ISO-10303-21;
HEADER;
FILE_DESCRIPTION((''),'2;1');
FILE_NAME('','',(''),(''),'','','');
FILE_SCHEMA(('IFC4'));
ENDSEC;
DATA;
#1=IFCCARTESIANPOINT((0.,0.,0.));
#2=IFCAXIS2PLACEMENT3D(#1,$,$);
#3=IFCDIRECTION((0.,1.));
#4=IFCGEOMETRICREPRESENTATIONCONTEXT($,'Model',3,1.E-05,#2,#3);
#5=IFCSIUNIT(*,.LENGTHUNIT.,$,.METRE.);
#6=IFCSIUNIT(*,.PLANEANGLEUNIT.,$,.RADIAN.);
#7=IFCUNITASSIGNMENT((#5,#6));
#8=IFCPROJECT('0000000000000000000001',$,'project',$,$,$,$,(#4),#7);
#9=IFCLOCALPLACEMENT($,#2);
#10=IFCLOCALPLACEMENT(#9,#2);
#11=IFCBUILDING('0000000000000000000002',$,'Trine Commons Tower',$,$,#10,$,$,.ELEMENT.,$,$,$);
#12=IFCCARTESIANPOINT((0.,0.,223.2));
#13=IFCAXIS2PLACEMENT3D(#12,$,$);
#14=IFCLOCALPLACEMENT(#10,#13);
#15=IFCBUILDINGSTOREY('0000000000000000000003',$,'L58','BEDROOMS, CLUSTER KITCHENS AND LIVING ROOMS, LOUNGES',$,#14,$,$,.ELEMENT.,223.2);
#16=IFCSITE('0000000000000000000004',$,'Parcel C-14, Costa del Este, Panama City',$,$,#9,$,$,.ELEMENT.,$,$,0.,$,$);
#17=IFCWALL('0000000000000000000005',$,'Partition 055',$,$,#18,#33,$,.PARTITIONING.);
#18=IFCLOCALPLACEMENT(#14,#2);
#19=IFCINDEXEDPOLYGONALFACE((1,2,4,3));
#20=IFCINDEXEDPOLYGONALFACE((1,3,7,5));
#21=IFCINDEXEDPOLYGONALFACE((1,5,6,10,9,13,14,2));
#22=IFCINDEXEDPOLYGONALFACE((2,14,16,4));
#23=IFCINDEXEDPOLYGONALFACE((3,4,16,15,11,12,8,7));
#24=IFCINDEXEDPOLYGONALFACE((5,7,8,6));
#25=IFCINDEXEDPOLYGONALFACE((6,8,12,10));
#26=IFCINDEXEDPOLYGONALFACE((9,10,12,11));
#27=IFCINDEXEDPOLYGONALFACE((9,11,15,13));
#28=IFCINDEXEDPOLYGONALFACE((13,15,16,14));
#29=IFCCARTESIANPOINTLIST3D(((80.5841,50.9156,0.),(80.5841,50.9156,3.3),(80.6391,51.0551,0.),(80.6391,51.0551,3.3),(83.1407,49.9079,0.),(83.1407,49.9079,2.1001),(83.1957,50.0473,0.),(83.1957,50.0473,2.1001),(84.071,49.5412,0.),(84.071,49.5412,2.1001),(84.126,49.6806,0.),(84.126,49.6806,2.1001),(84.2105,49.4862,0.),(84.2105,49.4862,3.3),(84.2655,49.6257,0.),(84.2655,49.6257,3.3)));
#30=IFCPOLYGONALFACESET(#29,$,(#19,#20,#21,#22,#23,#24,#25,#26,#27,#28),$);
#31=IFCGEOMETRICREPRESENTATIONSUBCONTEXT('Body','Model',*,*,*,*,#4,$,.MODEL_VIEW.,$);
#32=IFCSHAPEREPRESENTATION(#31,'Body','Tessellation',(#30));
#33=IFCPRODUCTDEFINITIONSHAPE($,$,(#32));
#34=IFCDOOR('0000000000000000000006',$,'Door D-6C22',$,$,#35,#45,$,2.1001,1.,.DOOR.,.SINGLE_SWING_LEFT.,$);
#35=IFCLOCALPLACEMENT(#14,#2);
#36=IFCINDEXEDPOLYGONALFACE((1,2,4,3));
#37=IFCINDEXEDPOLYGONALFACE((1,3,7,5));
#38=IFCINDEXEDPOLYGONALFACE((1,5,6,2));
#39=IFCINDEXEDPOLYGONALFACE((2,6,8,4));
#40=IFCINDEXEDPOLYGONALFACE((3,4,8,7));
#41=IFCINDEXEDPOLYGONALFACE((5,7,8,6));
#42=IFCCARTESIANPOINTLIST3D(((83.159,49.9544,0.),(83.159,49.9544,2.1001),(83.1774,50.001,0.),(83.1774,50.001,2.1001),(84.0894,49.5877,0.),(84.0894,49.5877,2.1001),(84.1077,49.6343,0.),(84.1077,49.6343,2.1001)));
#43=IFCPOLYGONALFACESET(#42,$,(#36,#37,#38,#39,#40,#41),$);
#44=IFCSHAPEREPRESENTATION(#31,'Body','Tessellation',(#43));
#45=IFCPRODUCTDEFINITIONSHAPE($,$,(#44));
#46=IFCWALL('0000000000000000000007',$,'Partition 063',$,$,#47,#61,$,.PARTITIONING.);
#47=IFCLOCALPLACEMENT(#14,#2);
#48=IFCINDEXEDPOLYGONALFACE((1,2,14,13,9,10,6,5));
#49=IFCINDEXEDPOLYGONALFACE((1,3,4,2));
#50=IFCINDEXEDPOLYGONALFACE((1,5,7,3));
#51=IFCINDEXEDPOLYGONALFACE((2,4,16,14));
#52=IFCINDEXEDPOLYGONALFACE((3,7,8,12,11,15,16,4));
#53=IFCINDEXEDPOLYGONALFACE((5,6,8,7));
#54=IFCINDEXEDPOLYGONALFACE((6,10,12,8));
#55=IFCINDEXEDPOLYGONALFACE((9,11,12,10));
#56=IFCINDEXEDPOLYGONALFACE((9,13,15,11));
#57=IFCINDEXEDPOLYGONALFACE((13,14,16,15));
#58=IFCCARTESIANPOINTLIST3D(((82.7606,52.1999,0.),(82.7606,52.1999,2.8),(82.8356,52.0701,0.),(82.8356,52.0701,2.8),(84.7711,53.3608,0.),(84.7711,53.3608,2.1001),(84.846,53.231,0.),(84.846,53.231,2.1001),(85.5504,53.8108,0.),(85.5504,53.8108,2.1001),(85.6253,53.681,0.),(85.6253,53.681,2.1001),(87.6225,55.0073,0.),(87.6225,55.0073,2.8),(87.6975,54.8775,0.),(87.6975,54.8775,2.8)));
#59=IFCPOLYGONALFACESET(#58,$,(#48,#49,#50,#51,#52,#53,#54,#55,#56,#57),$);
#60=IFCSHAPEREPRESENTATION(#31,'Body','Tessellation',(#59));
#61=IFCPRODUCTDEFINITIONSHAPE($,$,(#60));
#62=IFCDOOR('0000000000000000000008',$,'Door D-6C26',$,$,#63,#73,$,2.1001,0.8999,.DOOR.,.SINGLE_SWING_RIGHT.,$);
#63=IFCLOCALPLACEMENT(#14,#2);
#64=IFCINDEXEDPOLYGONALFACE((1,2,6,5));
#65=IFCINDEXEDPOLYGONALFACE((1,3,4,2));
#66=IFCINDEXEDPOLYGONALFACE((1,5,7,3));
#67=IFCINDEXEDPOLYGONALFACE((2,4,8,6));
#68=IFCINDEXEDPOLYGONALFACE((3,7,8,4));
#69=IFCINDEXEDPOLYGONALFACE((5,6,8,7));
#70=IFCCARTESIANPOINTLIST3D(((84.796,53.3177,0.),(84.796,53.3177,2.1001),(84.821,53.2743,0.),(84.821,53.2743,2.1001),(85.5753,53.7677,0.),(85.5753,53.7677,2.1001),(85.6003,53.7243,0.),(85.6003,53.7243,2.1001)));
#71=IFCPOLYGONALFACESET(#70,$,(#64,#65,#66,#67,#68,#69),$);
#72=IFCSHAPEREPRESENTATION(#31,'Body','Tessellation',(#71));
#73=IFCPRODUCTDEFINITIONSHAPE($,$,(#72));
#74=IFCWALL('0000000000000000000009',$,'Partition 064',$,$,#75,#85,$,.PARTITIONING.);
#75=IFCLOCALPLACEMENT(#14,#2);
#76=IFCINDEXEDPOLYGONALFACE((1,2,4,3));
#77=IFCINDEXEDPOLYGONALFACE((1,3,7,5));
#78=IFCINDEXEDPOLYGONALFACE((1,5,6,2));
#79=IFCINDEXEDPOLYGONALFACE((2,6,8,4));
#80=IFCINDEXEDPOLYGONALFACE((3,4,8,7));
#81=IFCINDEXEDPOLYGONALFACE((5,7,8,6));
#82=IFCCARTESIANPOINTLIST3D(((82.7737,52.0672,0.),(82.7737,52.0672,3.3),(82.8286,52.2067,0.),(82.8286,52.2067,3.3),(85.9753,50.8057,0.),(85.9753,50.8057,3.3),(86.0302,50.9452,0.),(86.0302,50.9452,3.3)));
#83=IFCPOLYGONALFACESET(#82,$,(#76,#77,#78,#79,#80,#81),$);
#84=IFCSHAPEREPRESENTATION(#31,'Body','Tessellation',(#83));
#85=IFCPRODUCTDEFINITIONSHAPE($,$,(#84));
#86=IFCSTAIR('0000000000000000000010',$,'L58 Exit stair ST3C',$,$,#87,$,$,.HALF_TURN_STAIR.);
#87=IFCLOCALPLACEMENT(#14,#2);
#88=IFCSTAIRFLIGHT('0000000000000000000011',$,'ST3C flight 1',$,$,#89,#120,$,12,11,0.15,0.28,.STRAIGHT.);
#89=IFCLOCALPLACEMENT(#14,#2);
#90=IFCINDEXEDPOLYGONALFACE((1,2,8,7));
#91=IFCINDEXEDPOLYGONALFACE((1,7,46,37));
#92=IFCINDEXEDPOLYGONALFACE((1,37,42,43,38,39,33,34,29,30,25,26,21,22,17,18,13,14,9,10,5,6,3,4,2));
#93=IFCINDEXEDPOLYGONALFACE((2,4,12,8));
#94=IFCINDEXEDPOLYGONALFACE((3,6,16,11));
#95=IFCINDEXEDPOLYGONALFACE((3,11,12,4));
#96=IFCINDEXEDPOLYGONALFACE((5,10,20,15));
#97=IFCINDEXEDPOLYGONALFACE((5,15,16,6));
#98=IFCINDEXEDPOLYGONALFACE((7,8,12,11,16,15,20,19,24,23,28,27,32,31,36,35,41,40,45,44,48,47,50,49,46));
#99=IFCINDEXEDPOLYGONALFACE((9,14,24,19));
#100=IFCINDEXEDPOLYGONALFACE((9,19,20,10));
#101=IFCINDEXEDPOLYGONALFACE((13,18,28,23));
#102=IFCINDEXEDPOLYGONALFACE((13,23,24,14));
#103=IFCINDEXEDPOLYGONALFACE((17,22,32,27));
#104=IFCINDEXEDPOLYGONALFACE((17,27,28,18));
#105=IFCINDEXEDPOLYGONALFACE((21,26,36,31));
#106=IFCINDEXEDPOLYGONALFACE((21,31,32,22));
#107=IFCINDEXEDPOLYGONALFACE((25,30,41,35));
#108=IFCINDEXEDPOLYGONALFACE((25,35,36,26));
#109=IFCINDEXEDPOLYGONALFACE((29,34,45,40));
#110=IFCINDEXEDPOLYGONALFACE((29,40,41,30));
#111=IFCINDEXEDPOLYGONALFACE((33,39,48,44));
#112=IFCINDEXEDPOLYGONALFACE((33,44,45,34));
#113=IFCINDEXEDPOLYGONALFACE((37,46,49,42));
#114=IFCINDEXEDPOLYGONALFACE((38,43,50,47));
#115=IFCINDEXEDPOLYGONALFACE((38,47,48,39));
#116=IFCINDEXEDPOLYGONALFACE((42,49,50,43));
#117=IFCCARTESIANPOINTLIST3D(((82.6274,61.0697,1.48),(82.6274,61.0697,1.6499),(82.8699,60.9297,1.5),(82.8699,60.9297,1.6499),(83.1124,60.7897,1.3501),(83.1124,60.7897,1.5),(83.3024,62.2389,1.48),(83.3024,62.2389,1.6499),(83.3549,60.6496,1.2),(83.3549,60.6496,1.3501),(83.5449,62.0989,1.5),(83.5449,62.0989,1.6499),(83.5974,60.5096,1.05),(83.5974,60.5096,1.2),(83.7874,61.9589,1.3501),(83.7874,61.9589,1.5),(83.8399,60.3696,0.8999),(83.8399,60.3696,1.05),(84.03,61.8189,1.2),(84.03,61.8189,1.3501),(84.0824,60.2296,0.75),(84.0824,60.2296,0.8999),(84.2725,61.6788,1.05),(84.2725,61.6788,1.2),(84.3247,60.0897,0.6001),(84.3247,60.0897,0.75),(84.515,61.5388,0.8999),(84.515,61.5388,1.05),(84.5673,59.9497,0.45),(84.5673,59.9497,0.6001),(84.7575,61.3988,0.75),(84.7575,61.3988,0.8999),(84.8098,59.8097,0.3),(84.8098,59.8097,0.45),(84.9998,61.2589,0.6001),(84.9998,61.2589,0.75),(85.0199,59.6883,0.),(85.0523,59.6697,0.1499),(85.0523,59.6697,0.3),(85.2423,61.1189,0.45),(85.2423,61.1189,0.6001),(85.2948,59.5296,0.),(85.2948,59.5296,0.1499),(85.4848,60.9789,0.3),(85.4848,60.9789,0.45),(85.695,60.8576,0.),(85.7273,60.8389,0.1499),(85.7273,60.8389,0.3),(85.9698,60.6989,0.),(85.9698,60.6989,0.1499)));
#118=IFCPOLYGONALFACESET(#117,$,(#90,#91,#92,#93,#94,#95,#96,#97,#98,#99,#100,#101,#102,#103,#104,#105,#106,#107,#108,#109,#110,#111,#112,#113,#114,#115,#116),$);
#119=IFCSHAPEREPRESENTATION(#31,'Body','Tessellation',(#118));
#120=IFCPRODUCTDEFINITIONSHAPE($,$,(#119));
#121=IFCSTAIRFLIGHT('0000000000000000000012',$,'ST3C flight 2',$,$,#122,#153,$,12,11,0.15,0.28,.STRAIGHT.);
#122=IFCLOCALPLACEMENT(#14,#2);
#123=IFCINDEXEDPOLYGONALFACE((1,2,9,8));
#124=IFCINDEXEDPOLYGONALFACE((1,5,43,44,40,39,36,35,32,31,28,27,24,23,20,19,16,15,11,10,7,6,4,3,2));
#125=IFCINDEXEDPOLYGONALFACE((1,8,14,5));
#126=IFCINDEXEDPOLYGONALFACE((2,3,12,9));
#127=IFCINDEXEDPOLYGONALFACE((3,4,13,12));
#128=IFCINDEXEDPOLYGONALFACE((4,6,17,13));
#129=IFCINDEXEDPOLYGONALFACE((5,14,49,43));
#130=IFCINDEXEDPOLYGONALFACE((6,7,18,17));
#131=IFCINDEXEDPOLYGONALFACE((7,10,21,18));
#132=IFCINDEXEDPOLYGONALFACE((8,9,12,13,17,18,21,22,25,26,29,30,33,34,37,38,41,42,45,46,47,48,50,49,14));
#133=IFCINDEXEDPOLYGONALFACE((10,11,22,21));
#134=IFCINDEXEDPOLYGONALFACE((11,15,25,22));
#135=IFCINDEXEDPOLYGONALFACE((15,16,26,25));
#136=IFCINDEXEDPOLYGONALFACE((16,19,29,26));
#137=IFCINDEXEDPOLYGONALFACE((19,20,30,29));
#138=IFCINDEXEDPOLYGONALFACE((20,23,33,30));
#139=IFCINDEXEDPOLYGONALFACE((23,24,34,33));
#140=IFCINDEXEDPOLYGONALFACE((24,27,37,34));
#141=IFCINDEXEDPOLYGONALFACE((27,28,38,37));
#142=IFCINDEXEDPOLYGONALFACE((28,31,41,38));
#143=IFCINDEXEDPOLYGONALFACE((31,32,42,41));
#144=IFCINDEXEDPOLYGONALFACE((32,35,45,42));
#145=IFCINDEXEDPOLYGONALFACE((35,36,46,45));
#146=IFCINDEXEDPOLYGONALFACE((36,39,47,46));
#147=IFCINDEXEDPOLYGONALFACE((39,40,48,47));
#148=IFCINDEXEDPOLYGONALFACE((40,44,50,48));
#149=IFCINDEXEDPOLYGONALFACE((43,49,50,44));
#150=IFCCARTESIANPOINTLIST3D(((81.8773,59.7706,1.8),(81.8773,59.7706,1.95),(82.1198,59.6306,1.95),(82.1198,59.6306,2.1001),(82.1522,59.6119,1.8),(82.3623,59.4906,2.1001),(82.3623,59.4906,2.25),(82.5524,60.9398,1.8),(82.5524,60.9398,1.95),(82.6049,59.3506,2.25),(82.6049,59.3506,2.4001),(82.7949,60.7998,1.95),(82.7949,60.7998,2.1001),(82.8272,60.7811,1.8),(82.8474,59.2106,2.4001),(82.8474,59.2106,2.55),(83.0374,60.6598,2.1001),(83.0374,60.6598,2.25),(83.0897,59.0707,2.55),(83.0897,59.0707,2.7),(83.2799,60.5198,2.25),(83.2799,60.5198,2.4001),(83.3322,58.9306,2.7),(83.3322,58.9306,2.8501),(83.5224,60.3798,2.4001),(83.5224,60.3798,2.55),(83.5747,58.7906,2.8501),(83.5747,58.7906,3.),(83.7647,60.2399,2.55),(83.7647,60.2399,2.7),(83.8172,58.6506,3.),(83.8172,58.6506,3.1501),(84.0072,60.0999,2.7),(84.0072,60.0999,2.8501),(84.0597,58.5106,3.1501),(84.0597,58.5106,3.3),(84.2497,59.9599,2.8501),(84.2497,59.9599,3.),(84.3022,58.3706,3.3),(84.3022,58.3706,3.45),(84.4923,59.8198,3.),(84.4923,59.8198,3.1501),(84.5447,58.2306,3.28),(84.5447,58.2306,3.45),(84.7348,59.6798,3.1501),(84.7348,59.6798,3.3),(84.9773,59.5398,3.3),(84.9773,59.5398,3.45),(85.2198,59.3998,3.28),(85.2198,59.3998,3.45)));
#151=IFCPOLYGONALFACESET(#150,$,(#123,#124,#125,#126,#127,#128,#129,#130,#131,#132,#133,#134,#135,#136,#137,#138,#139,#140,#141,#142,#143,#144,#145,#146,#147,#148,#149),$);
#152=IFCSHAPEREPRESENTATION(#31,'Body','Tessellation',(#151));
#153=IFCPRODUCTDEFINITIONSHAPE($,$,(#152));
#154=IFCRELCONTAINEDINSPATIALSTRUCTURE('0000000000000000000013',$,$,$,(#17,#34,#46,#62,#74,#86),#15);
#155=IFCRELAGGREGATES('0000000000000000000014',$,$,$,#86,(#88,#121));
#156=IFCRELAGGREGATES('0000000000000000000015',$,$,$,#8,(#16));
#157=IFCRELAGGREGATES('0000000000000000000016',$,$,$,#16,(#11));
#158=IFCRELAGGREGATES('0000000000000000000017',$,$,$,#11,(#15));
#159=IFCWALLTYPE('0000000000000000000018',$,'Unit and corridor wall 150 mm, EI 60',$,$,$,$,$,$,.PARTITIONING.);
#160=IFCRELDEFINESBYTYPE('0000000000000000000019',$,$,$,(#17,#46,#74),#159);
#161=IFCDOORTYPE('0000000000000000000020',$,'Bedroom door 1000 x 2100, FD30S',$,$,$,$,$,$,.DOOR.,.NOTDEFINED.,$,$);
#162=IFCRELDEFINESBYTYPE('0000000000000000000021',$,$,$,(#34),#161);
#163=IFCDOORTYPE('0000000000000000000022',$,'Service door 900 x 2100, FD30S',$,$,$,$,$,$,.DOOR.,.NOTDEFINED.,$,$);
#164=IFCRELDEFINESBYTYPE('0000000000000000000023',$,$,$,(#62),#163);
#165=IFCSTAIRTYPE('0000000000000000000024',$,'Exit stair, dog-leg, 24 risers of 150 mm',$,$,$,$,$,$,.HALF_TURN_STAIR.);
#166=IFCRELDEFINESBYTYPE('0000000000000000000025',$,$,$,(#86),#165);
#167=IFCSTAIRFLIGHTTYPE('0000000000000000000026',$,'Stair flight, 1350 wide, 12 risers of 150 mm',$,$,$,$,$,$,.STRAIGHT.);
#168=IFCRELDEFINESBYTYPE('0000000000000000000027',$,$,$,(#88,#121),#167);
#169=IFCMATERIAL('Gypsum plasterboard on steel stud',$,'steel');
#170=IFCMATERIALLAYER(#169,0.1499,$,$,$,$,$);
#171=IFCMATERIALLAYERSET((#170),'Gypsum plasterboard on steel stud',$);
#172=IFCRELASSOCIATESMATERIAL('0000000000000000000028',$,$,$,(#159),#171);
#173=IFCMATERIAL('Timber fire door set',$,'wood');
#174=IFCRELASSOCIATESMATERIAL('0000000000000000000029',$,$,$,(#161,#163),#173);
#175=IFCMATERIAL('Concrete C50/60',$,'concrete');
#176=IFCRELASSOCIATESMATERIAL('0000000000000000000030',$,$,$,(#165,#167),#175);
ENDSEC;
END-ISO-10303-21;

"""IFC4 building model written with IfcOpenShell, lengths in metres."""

from ifc_helpers import new_model, si_unit, direction, frame, frame_2d, origin, place, context, subcontext, project, spatial, polyline, rectangle, outline, extrude, material, layer, layer_set, type_object, element, fill, aggregate, save


model = new_model("IFC4")

# Units and contexts
model_context = context("Model", 3, precision=1e-05, world=origin(), true_north=direction((0.0, 1.0)))
body_context = subcontext(model_context, "Body", "Model", "MODEL_VIEW")
ifc_project = project(units=[si_unit("LENGTHUNIT", "METRE"), si_unit("PLANEANGLEUNIT", "RADIAN")], contexts=[model_context])

# Site, building, storey
site_placement = place(None, origin())
site = spatial("IfcSite", under=ifc_project, at=site_placement, Name="Parcel C-14, Costa del Este, Panama City", CompositionType="ELEMENT", RefElevation=0.0)
building_placement = place(site_placement, origin())
building = spatial("IfcBuilding", under=site, at=building_placement, Name="Trine Commons Tower", CompositionType="ELEMENT")
storey_placement = place(building_placement, frame((0.0, 0.0, 223.2)))
storey = spatial("IfcBuildingStorey", under=building, at=storey_placement, Name="L58", Description="BEDROOMS, CLUSTER KITCHENS AND LIVING ROOMS, LOUNGES", CompositionType="ELEMENT", Elevation=223.2)

# Walls, openings, doors
ifc_material_1 = material(Name="Gypsum plasterboard on steel stud", Category="steel")
ifc_layer_1 = layer(ifc_material_1, 0.1499)
ifc_layer_set_1 = layer_set([ifc_layer_1], Name="Gypsum plasterboard on steel stud")
wall_type_1 = type_object("IfcWallType", Name="Unit and corridor wall 150 mm, EI 60", PredefinedType="PARTITIONING", material=ifc_layer_set_1)
wall_1_placement = place(storey_placement, frame((80.6116, 50.9854, 0.0), z_axis=(0.0, 0.0, 1.0), x_axis=(0.930335, -0.36671, 0.0)))
wall_1 = element("IfcWall", 1, at=wall_1_placement, inside=storey, type_object=wall_type_1, Name="Partition 055", PredefinedType="PARTITIONING", context=body_context, shape_type="SweptSolid", body=[
    extrude(rectangle(XDim=3.8979, YDim=0.1499, at=frame_2d((1.949, 0.0))), origin(), (0.0, 0.0, 1.0), 3.3),
])
opening_1_placement = place(wall_1_placement, frame((2.748, 0.0, 0.0)))
opening_1 = element("IfcOpeningElement", 2, at=opening_1_placement, cuts=wall_1, PredefinedType="OPENING", context=body_context, shape_type="SweptSolid", body=[
    extrude(rectangle(XDim=1.0, YDim=2.1001, at=frame_2d((0.5, 1.05))), frame((0.0, 0.085, 0.0), z_axis=(0.0, -1.0, 0.0), x_axis=(1.0, 0.0, 0.0)), (0.0, 0.0, 1.0), 0.1699),
])
ifc_material_2 = material(Name="Timber fire door set", Category="wood")
door_type_1 = type_object("IfcDoorType", Name="Bedroom door 1000 x 2100, FD30S", OperationType="NOTDEFINED", PredefinedType="DOOR", material=ifc_material_2)
door_1_placement = place(opening_1_placement, frame((1.0, 0.0, 0.0), z_axis=(0.0, 0.0, 1.0), x_axis=(-1.0, 0.0, 0.0)))
door_1 = element("IfcDoor", 3, at=door_1_placement, inside=storey, type_object=door_type_1, Name="Door D-6C22", OperationType="SINGLE_SWING_LEFT", OverallHeight=2.1001, OverallWidth=1.0, PredefinedType="DOOR", context=body_context, shape_type="SweptSolid", body=[
    extrude(rectangle(XDim=1.0, YDim=2.1001, at=frame_2d((0.5, 1.05))), frame((0.0, 0.0249, 0.0), z_axis=(0.0, -1.0, 0.0), x_axis=(1.0, 0.0, 0.0)), (0.0, 0.0, 1.0), 0.05),
])
fill(opening_1, door_1)
wall_2_placement = place(storey_placement, frame((82.7981, 52.135, 0.0), z_axis=(0.0, 0.0, 1.0), x_axis=(0.865994, 0.500054, 0.0)))
wall_2 = element("IfcWall", 4, at=wall_2_placement, inside=storey, type_object=wall_type_1, Name="Partition 063", PredefinedType="PARTITIONING", context=body_context, shape_type="SweptSolid", body=[
    extrude(rectangle(XDim=5.6143, YDim=0.1499, at=frame_2d((2.8071, 0.0))), origin(), (0.0, 0.0, 1.0), 2.8),
])
opening_2_placement = place(wall_2_placement, frame((2.3215, 0.0, 0.0)))
opening_2 = element("IfcOpeningElement", 5, at=opening_2_placement, cuts=wall_2, PredefinedType="OPENING", context=body_context, shape_type="SweptSolid", body=[
    extrude(rectangle(XDim=0.8999, YDim=2.1001, at=frame_2d((0.45, 1.05))), frame((0.0, 0.085, 0.0), z_axis=(0.0, -1.0, 0.0), x_axis=(1.0, 0.0, 0.0)), (0.0, 0.0, 1.0), 0.1699),
])
door_type_2 = type_object("IfcDoorType", Name="Service door 900 x 2100, FD30S", OperationType="NOTDEFINED", PredefinedType="DOOR", material=ifc_material_2)
door_2_placement = place(opening_2_placement, frame((0.8999, 0.0, 0.0), z_axis=(0.0, 0.0, 1.0), x_axis=(-1.0, 0.0, 0.0)))
door_2 = element("IfcDoor", 6, at=door_2_placement, inside=storey, type_object=door_type_2, Name="Door D-6C26", OperationType="SINGLE_SWING_RIGHT", OverallHeight=2.1001, OverallWidth=0.8999, PredefinedType="DOOR", context=body_context, shape_type="SweptSolid", body=[
    extrude(rectangle(XDim=0.8999, YDim=2.1001, at=frame_2d((0.45, 1.05))), frame((0.0, 0.0249, 0.0), z_axis=(0.0, -1.0, 0.0), x_axis=(1.0, 0.0, 0.0)), (0.0, 0.0, 1.0), 0.05),
])
fill(opening_2, door_2)

# Wall
wall_3_placement = place(storey_placement, frame((82.801, 52.137, 0.0), z_axis=(0.0, 0.0, 1.0), x_axis=(0.930387, -0.366578, 0.0)))
element("IfcWall", 7, at=wall_3_placement, inside=storey, type_object=wall_type_1, Name="Partition 064", PredefinedType="PARTITIONING", context=body_context, shape_type="SweptSolid", body=[
    extrude(rectangle(XDim=3.4412, YDim=0.1499, at=frame_2d((1.7207, 0.0))), origin(), (0.0, 0.0, 1.0), 3.3),
])

# Stair, stair flights
ifc_material_3 = material(Name="Concrete C50/60", Category="concrete")
stair_type = type_object("IfcStairType", Name="Exit stair, dog-leg, 24 risers of 150 mm", PredefinedType="HALF_TURN_STAIR", material=ifc_material_3)
stair_placement = place(storey_placement, origin())
stair = element("IfcStair", 8, at=stair_placement, inside=storey, type_object=stair_type, Name="L58 Exit stair ST3C", PredefinedType="HALF_TURN_STAIR")
stair_flight_type = type_object("IfcStairFlightType", Name="Stair flight, 1350 wide, 12 risers of 150 mm", PredefinedType="STRAIGHT", material=ifc_material_3)
stair_flight_1_placement = place(storey_placement, frame((85.6323, 60.1143, 0.0), z_axis=(0.0, 0.0, 1.0), x_axis=(-0.866025, 0.5, 0.0)))
stair_flight_1 = element("IfcStairFlight", 9, at=stair_flight_1_placement, type_object=stair_flight_type, Name="ST3C flight 1", NumberOfRisers=12, NumberOfTreads=11, PredefinedType="STRAIGHT", RiserHeight=0.15, TreadLength=0.28, context=body_context, shape_type="SweptSolid", body=[
    extrude(outline(polyline([(0.0, 0.0), (0.0, 0.1499), (0.28, 0.1499), (0.28, 0.3), (0.5601, 0.3), (0.5601, 0.45), (0.8401, 0.45), (0.8401, 0.6001), (1.1201, 0.6001), (1.1201, 0.75), (1.3999, 0.75), (1.3999, 0.8999), (1.6799, 0.8999), (1.6799, 1.05), (1.96, 1.05), (1.96, 1.2), (2.24, 1.2), (2.24, 1.3501), (2.52, 1.3501), (2.52, 1.5), (2.8, 1.5), (2.8, 1.6499), (3.0801, 1.6499), (3.0801, 1.8), (3.0801, 1.48), (0.3174, 0.0), (0.0, 0.0)])), frame((0.0, 0.675, 0.0), z_axis=(0.0, -1.0, 0.0), x_axis=(1.0, 0.0, 0.0)), (0.0, 0.0, 1.0), 1.3501),
])
stair_flight_2_placement = place(storey_placement, frame((82.2148, 60.3552, 1.8), z_axis=(0.0, 0.0, 1.0), x_axis=(0.866025, -0.5, 0.0)))
stair_flight_2 = element("IfcStairFlight", 10, at=stair_flight_2_placement, type_object=stair_flight_type, Name="ST3C flight 2", NumberOfRisers=12, NumberOfTreads=11, PredefinedType="STRAIGHT", RiserHeight=0.15, TreadLength=0.28, context=body_context, shape_type="SweptSolid", body=[
    extrude(outline(polyline([(0.0, 0.0), (0.0, 0.1499), (0.28, 0.1499), (0.28, 0.3), (0.5601, 0.3), (0.5601, 0.45), (0.8401, 0.45), (0.8401, 0.6001), (1.1201, 0.6001), (1.1201, 0.75), (1.3999, 0.75), (1.3999, 0.8999), (1.6799, 0.8999), (1.6799, 1.05), (1.96, 1.05), (1.96, 1.2), (2.24, 1.2), (2.24, 1.3501), (2.52, 1.3501), (2.52, 1.5), (2.8, 1.5), (2.8, 1.6499), (3.0801, 1.6499), (3.0801, 1.8), (3.0801, 1.48), (0.3174, 0.0), (0.0, 0.0)])), frame((0.0, 0.675, 0.0), z_axis=(0.0, -1.0, 0.0), x_axis=(1.0, 0.0, 0.0)), (0.0, 0.0, 1.0), 1.3501),
])
aggregate(stair, [stair_flight_1, stair_flight_2])

save(model, "model.ifc")
